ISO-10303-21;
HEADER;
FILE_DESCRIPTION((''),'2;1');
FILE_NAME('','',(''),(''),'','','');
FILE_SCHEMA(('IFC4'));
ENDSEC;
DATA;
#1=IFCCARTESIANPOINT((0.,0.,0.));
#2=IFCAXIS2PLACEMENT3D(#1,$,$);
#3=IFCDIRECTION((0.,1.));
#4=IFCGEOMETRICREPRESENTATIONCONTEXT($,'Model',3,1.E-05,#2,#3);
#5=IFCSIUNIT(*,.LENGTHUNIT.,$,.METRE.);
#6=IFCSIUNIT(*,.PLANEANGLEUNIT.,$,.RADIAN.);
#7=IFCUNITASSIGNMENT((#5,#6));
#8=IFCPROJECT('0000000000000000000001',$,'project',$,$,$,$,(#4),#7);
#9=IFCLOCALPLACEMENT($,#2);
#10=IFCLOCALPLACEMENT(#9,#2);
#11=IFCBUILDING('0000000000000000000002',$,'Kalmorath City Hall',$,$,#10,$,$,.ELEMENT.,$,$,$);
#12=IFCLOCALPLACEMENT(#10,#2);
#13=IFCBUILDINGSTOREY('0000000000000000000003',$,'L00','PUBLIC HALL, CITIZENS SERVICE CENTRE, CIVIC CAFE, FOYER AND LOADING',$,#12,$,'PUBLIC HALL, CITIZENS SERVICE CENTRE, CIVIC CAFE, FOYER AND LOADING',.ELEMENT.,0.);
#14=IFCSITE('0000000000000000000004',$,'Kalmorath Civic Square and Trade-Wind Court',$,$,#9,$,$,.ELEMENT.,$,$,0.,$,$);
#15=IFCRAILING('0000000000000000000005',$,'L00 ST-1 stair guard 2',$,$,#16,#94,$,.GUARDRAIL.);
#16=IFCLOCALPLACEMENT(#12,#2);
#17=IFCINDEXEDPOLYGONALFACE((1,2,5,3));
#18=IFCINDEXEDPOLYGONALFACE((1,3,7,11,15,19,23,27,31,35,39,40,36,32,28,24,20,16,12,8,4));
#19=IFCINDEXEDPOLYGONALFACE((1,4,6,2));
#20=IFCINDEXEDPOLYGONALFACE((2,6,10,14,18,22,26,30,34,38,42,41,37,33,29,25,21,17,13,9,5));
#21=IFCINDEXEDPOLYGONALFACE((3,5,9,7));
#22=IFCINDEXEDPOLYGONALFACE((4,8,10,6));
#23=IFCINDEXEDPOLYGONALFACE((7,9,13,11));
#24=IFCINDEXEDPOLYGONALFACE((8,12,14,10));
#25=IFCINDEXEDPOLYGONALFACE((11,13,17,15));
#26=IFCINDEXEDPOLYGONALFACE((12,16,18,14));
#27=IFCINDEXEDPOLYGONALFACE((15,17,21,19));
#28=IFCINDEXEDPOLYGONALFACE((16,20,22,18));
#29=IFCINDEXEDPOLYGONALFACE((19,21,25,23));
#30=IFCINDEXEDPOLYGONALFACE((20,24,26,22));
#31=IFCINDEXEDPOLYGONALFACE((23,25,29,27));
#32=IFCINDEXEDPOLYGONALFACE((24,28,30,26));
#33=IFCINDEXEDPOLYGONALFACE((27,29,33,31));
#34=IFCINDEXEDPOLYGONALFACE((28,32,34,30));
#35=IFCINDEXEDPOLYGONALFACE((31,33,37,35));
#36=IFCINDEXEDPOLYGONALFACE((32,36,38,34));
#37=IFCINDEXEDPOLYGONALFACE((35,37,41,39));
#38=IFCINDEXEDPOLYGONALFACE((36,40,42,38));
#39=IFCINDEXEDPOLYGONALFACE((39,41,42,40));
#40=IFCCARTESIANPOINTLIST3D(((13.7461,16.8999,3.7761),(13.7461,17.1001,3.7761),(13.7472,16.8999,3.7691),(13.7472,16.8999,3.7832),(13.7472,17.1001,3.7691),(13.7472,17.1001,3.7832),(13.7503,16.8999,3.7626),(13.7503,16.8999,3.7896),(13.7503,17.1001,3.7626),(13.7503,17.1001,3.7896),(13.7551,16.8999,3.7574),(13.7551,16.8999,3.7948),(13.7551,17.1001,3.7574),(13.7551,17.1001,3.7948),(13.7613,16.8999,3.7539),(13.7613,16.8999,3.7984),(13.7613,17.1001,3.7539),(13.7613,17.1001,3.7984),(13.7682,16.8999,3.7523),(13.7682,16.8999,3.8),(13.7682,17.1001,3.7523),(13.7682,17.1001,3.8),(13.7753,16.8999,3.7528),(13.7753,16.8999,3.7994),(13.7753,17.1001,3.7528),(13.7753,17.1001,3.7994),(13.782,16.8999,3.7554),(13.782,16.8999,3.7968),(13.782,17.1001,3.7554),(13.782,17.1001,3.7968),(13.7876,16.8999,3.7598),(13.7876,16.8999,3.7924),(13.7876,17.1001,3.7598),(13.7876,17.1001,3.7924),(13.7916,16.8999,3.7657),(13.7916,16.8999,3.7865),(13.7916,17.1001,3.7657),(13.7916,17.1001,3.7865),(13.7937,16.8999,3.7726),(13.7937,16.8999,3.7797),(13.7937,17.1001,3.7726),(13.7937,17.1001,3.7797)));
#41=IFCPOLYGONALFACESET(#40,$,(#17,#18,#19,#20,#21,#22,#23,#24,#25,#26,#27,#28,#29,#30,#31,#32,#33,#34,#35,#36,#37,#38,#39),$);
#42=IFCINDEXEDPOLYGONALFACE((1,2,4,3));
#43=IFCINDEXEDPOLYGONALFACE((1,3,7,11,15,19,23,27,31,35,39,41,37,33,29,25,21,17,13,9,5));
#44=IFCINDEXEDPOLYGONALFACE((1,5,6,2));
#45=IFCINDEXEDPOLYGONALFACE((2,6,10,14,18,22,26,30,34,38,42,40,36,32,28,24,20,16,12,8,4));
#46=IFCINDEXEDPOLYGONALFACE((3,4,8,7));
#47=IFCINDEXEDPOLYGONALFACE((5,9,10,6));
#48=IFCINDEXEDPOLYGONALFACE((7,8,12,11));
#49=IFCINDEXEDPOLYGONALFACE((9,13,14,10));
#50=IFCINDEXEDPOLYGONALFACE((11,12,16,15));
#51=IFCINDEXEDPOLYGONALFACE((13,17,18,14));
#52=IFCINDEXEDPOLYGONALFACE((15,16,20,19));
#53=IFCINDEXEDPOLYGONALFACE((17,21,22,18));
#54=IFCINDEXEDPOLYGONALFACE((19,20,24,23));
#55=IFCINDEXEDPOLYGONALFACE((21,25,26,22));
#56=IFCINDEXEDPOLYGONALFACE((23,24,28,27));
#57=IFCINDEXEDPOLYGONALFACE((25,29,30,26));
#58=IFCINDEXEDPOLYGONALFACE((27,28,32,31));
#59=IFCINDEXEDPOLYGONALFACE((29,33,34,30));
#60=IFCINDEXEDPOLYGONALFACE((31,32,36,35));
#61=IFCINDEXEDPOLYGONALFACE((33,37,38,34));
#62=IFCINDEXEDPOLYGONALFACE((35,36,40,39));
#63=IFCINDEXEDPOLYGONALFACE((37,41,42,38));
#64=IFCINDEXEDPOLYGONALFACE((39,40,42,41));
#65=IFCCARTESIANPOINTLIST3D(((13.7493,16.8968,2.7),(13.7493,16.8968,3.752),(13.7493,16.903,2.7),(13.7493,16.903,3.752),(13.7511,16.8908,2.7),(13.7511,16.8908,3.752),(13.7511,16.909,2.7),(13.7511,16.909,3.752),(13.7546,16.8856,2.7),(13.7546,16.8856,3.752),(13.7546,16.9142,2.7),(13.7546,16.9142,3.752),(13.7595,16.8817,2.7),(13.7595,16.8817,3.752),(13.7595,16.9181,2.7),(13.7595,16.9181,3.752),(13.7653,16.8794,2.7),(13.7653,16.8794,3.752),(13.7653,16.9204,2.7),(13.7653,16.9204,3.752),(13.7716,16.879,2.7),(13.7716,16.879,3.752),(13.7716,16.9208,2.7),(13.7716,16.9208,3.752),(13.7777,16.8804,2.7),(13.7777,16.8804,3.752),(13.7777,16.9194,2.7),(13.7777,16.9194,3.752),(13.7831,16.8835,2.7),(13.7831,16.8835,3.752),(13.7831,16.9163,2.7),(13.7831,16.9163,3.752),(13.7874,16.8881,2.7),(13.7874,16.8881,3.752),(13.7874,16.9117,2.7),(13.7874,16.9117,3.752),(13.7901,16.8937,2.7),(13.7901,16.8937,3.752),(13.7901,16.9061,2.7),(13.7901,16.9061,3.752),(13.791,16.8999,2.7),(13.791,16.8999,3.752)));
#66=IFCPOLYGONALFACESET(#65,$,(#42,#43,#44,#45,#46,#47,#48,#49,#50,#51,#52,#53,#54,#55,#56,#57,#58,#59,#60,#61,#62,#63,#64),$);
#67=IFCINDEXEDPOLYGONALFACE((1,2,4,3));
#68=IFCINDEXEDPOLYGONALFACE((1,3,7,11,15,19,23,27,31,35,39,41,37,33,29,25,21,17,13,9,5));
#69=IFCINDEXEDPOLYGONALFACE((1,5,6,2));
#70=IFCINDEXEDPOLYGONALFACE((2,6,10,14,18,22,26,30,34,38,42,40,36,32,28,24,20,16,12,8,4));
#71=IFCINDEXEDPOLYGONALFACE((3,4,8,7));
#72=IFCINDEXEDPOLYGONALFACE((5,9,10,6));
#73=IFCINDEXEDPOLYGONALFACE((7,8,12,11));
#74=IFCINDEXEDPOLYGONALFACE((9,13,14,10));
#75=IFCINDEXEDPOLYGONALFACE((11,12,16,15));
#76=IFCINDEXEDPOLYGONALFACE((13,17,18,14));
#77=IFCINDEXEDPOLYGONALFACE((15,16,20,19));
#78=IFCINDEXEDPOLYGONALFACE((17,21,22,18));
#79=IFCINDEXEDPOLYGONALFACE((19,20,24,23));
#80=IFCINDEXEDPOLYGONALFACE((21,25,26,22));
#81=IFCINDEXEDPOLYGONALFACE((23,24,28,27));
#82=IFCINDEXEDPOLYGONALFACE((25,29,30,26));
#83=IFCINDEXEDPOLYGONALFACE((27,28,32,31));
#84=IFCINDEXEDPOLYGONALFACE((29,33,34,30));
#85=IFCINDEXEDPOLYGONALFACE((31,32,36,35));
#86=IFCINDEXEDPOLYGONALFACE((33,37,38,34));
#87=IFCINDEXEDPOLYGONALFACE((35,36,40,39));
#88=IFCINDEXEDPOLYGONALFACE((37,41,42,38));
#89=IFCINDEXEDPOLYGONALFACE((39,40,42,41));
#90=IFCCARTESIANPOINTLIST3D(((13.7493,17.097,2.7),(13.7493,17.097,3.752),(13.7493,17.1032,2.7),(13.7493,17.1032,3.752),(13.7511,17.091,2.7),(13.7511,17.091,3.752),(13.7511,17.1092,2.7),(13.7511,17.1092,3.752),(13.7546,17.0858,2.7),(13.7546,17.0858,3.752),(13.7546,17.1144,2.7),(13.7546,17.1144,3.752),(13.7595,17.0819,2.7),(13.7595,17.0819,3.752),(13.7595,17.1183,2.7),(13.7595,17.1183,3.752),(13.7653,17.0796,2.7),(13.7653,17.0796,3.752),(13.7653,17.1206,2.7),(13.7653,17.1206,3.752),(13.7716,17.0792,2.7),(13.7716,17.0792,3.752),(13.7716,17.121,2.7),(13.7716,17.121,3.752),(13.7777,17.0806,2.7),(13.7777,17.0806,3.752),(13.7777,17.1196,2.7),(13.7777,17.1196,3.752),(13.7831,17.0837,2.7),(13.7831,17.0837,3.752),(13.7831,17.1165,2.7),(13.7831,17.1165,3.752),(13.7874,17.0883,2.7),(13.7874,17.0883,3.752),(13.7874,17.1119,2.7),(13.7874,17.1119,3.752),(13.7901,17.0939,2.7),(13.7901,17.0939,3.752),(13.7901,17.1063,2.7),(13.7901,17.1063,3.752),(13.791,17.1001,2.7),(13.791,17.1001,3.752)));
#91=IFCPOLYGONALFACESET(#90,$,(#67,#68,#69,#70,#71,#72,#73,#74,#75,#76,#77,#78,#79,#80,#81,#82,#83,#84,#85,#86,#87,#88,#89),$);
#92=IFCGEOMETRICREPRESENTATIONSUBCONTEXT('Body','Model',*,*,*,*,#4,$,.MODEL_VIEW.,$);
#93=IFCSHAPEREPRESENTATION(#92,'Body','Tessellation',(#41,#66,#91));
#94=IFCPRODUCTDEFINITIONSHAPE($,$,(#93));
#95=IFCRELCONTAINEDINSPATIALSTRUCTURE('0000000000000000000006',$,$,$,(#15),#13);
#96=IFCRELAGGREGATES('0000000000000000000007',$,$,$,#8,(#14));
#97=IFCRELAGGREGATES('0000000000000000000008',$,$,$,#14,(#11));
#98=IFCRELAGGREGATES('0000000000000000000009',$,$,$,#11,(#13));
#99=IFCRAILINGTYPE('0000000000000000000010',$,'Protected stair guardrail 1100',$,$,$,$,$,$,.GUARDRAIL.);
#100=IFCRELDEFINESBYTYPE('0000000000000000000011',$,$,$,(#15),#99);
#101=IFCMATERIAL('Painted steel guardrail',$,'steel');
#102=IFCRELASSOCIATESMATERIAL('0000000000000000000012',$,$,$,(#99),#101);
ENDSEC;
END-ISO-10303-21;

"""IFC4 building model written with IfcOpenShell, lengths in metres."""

from ifc_helpers import new_model, si_unit, direction, frame, origin, origin_2d, place, context, subcontext, project, spatial, circle, extrude, material, type_object, element, save


model = new_model("IFC4")

# Units and contexts
model_context = context("Model", 3, precision=1e-05, world=origin(), true_north=direction((0.0, 1.0)))
body_context = subcontext(model_context, "Body", "Model", "MODEL_VIEW")
ifc_project = project(units=[si_unit("LENGTHUNIT", "METRE"), si_unit("PLANEANGLEUNIT", "RADIAN")], contexts=[model_context])

# Site, building, storey
site_placement = place(None, origin())
site = spatial("IfcSite", under=ifc_project, at=site_placement, Name="Kalmorath Civic Square and Trade-Wind Court", CompositionType="ELEMENT", RefElevation=0.0)
building_placement = place(site_placement, origin())
building = spatial("IfcBuilding", under=site, at=building_placement, Name="Kalmorath City Hall", CompositionType="ELEMENT")
storey_placement = place(building_placement, origin())
storey = spatial("IfcBuildingStorey", under=building, at=storey_placement, Name="L00", Description="PUBLIC HALL, CITIZENS SERVICE CENTRE, CIVIC CAFE, FOYER AND LOADING", LongName="PUBLIC HALL, CITIZENS SERVICE CENTRE, CIVIC CAFE, FOYER AND LOADING", CompositionType="ELEMENT", Elevation=0.0)

# Railing
ifc_material_1 = material(Name="Painted steel guardrail", Category="steel")
railing_type_1 = type_object("IfcRailingType", Name="Protected stair guardrail 1100", PredefinedType="GUARDRAIL", material=ifc_material_1)
railing_1_placement = place(storey_placement, frame((13.77, 16.8999, 2.7)))
element("IfcRailing", 1, at=railing_1_placement, inside=storey, type_object=railing_type_1, Name="L00 ST-1 stair guard 2", PredefinedType="GUARDRAIL", context=body_context, shape_type="SweptSolid", body=[
    extrude(circle(Radius=0.0239, at=origin_2d()), frame((0.0, 0.0, 1.0762), z_axis=(0.0, 1.0, 0.0), x_axis=(-1.0, 0.0, 0.0)), (0.0, 0.0, 1.0), 0.2002),
    extrude(circle(Radius=0.021, at=origin_2d()), origin(), (0.0, 0.0, 1.0), 1.052),
    extrude(circle(Radius=0.021, at=origin_2d()), frame((0.0, 0.2002, 0.0)), (0.0, 0.0, 1.0), 1.052),
])

save(model, "model.ifc")
